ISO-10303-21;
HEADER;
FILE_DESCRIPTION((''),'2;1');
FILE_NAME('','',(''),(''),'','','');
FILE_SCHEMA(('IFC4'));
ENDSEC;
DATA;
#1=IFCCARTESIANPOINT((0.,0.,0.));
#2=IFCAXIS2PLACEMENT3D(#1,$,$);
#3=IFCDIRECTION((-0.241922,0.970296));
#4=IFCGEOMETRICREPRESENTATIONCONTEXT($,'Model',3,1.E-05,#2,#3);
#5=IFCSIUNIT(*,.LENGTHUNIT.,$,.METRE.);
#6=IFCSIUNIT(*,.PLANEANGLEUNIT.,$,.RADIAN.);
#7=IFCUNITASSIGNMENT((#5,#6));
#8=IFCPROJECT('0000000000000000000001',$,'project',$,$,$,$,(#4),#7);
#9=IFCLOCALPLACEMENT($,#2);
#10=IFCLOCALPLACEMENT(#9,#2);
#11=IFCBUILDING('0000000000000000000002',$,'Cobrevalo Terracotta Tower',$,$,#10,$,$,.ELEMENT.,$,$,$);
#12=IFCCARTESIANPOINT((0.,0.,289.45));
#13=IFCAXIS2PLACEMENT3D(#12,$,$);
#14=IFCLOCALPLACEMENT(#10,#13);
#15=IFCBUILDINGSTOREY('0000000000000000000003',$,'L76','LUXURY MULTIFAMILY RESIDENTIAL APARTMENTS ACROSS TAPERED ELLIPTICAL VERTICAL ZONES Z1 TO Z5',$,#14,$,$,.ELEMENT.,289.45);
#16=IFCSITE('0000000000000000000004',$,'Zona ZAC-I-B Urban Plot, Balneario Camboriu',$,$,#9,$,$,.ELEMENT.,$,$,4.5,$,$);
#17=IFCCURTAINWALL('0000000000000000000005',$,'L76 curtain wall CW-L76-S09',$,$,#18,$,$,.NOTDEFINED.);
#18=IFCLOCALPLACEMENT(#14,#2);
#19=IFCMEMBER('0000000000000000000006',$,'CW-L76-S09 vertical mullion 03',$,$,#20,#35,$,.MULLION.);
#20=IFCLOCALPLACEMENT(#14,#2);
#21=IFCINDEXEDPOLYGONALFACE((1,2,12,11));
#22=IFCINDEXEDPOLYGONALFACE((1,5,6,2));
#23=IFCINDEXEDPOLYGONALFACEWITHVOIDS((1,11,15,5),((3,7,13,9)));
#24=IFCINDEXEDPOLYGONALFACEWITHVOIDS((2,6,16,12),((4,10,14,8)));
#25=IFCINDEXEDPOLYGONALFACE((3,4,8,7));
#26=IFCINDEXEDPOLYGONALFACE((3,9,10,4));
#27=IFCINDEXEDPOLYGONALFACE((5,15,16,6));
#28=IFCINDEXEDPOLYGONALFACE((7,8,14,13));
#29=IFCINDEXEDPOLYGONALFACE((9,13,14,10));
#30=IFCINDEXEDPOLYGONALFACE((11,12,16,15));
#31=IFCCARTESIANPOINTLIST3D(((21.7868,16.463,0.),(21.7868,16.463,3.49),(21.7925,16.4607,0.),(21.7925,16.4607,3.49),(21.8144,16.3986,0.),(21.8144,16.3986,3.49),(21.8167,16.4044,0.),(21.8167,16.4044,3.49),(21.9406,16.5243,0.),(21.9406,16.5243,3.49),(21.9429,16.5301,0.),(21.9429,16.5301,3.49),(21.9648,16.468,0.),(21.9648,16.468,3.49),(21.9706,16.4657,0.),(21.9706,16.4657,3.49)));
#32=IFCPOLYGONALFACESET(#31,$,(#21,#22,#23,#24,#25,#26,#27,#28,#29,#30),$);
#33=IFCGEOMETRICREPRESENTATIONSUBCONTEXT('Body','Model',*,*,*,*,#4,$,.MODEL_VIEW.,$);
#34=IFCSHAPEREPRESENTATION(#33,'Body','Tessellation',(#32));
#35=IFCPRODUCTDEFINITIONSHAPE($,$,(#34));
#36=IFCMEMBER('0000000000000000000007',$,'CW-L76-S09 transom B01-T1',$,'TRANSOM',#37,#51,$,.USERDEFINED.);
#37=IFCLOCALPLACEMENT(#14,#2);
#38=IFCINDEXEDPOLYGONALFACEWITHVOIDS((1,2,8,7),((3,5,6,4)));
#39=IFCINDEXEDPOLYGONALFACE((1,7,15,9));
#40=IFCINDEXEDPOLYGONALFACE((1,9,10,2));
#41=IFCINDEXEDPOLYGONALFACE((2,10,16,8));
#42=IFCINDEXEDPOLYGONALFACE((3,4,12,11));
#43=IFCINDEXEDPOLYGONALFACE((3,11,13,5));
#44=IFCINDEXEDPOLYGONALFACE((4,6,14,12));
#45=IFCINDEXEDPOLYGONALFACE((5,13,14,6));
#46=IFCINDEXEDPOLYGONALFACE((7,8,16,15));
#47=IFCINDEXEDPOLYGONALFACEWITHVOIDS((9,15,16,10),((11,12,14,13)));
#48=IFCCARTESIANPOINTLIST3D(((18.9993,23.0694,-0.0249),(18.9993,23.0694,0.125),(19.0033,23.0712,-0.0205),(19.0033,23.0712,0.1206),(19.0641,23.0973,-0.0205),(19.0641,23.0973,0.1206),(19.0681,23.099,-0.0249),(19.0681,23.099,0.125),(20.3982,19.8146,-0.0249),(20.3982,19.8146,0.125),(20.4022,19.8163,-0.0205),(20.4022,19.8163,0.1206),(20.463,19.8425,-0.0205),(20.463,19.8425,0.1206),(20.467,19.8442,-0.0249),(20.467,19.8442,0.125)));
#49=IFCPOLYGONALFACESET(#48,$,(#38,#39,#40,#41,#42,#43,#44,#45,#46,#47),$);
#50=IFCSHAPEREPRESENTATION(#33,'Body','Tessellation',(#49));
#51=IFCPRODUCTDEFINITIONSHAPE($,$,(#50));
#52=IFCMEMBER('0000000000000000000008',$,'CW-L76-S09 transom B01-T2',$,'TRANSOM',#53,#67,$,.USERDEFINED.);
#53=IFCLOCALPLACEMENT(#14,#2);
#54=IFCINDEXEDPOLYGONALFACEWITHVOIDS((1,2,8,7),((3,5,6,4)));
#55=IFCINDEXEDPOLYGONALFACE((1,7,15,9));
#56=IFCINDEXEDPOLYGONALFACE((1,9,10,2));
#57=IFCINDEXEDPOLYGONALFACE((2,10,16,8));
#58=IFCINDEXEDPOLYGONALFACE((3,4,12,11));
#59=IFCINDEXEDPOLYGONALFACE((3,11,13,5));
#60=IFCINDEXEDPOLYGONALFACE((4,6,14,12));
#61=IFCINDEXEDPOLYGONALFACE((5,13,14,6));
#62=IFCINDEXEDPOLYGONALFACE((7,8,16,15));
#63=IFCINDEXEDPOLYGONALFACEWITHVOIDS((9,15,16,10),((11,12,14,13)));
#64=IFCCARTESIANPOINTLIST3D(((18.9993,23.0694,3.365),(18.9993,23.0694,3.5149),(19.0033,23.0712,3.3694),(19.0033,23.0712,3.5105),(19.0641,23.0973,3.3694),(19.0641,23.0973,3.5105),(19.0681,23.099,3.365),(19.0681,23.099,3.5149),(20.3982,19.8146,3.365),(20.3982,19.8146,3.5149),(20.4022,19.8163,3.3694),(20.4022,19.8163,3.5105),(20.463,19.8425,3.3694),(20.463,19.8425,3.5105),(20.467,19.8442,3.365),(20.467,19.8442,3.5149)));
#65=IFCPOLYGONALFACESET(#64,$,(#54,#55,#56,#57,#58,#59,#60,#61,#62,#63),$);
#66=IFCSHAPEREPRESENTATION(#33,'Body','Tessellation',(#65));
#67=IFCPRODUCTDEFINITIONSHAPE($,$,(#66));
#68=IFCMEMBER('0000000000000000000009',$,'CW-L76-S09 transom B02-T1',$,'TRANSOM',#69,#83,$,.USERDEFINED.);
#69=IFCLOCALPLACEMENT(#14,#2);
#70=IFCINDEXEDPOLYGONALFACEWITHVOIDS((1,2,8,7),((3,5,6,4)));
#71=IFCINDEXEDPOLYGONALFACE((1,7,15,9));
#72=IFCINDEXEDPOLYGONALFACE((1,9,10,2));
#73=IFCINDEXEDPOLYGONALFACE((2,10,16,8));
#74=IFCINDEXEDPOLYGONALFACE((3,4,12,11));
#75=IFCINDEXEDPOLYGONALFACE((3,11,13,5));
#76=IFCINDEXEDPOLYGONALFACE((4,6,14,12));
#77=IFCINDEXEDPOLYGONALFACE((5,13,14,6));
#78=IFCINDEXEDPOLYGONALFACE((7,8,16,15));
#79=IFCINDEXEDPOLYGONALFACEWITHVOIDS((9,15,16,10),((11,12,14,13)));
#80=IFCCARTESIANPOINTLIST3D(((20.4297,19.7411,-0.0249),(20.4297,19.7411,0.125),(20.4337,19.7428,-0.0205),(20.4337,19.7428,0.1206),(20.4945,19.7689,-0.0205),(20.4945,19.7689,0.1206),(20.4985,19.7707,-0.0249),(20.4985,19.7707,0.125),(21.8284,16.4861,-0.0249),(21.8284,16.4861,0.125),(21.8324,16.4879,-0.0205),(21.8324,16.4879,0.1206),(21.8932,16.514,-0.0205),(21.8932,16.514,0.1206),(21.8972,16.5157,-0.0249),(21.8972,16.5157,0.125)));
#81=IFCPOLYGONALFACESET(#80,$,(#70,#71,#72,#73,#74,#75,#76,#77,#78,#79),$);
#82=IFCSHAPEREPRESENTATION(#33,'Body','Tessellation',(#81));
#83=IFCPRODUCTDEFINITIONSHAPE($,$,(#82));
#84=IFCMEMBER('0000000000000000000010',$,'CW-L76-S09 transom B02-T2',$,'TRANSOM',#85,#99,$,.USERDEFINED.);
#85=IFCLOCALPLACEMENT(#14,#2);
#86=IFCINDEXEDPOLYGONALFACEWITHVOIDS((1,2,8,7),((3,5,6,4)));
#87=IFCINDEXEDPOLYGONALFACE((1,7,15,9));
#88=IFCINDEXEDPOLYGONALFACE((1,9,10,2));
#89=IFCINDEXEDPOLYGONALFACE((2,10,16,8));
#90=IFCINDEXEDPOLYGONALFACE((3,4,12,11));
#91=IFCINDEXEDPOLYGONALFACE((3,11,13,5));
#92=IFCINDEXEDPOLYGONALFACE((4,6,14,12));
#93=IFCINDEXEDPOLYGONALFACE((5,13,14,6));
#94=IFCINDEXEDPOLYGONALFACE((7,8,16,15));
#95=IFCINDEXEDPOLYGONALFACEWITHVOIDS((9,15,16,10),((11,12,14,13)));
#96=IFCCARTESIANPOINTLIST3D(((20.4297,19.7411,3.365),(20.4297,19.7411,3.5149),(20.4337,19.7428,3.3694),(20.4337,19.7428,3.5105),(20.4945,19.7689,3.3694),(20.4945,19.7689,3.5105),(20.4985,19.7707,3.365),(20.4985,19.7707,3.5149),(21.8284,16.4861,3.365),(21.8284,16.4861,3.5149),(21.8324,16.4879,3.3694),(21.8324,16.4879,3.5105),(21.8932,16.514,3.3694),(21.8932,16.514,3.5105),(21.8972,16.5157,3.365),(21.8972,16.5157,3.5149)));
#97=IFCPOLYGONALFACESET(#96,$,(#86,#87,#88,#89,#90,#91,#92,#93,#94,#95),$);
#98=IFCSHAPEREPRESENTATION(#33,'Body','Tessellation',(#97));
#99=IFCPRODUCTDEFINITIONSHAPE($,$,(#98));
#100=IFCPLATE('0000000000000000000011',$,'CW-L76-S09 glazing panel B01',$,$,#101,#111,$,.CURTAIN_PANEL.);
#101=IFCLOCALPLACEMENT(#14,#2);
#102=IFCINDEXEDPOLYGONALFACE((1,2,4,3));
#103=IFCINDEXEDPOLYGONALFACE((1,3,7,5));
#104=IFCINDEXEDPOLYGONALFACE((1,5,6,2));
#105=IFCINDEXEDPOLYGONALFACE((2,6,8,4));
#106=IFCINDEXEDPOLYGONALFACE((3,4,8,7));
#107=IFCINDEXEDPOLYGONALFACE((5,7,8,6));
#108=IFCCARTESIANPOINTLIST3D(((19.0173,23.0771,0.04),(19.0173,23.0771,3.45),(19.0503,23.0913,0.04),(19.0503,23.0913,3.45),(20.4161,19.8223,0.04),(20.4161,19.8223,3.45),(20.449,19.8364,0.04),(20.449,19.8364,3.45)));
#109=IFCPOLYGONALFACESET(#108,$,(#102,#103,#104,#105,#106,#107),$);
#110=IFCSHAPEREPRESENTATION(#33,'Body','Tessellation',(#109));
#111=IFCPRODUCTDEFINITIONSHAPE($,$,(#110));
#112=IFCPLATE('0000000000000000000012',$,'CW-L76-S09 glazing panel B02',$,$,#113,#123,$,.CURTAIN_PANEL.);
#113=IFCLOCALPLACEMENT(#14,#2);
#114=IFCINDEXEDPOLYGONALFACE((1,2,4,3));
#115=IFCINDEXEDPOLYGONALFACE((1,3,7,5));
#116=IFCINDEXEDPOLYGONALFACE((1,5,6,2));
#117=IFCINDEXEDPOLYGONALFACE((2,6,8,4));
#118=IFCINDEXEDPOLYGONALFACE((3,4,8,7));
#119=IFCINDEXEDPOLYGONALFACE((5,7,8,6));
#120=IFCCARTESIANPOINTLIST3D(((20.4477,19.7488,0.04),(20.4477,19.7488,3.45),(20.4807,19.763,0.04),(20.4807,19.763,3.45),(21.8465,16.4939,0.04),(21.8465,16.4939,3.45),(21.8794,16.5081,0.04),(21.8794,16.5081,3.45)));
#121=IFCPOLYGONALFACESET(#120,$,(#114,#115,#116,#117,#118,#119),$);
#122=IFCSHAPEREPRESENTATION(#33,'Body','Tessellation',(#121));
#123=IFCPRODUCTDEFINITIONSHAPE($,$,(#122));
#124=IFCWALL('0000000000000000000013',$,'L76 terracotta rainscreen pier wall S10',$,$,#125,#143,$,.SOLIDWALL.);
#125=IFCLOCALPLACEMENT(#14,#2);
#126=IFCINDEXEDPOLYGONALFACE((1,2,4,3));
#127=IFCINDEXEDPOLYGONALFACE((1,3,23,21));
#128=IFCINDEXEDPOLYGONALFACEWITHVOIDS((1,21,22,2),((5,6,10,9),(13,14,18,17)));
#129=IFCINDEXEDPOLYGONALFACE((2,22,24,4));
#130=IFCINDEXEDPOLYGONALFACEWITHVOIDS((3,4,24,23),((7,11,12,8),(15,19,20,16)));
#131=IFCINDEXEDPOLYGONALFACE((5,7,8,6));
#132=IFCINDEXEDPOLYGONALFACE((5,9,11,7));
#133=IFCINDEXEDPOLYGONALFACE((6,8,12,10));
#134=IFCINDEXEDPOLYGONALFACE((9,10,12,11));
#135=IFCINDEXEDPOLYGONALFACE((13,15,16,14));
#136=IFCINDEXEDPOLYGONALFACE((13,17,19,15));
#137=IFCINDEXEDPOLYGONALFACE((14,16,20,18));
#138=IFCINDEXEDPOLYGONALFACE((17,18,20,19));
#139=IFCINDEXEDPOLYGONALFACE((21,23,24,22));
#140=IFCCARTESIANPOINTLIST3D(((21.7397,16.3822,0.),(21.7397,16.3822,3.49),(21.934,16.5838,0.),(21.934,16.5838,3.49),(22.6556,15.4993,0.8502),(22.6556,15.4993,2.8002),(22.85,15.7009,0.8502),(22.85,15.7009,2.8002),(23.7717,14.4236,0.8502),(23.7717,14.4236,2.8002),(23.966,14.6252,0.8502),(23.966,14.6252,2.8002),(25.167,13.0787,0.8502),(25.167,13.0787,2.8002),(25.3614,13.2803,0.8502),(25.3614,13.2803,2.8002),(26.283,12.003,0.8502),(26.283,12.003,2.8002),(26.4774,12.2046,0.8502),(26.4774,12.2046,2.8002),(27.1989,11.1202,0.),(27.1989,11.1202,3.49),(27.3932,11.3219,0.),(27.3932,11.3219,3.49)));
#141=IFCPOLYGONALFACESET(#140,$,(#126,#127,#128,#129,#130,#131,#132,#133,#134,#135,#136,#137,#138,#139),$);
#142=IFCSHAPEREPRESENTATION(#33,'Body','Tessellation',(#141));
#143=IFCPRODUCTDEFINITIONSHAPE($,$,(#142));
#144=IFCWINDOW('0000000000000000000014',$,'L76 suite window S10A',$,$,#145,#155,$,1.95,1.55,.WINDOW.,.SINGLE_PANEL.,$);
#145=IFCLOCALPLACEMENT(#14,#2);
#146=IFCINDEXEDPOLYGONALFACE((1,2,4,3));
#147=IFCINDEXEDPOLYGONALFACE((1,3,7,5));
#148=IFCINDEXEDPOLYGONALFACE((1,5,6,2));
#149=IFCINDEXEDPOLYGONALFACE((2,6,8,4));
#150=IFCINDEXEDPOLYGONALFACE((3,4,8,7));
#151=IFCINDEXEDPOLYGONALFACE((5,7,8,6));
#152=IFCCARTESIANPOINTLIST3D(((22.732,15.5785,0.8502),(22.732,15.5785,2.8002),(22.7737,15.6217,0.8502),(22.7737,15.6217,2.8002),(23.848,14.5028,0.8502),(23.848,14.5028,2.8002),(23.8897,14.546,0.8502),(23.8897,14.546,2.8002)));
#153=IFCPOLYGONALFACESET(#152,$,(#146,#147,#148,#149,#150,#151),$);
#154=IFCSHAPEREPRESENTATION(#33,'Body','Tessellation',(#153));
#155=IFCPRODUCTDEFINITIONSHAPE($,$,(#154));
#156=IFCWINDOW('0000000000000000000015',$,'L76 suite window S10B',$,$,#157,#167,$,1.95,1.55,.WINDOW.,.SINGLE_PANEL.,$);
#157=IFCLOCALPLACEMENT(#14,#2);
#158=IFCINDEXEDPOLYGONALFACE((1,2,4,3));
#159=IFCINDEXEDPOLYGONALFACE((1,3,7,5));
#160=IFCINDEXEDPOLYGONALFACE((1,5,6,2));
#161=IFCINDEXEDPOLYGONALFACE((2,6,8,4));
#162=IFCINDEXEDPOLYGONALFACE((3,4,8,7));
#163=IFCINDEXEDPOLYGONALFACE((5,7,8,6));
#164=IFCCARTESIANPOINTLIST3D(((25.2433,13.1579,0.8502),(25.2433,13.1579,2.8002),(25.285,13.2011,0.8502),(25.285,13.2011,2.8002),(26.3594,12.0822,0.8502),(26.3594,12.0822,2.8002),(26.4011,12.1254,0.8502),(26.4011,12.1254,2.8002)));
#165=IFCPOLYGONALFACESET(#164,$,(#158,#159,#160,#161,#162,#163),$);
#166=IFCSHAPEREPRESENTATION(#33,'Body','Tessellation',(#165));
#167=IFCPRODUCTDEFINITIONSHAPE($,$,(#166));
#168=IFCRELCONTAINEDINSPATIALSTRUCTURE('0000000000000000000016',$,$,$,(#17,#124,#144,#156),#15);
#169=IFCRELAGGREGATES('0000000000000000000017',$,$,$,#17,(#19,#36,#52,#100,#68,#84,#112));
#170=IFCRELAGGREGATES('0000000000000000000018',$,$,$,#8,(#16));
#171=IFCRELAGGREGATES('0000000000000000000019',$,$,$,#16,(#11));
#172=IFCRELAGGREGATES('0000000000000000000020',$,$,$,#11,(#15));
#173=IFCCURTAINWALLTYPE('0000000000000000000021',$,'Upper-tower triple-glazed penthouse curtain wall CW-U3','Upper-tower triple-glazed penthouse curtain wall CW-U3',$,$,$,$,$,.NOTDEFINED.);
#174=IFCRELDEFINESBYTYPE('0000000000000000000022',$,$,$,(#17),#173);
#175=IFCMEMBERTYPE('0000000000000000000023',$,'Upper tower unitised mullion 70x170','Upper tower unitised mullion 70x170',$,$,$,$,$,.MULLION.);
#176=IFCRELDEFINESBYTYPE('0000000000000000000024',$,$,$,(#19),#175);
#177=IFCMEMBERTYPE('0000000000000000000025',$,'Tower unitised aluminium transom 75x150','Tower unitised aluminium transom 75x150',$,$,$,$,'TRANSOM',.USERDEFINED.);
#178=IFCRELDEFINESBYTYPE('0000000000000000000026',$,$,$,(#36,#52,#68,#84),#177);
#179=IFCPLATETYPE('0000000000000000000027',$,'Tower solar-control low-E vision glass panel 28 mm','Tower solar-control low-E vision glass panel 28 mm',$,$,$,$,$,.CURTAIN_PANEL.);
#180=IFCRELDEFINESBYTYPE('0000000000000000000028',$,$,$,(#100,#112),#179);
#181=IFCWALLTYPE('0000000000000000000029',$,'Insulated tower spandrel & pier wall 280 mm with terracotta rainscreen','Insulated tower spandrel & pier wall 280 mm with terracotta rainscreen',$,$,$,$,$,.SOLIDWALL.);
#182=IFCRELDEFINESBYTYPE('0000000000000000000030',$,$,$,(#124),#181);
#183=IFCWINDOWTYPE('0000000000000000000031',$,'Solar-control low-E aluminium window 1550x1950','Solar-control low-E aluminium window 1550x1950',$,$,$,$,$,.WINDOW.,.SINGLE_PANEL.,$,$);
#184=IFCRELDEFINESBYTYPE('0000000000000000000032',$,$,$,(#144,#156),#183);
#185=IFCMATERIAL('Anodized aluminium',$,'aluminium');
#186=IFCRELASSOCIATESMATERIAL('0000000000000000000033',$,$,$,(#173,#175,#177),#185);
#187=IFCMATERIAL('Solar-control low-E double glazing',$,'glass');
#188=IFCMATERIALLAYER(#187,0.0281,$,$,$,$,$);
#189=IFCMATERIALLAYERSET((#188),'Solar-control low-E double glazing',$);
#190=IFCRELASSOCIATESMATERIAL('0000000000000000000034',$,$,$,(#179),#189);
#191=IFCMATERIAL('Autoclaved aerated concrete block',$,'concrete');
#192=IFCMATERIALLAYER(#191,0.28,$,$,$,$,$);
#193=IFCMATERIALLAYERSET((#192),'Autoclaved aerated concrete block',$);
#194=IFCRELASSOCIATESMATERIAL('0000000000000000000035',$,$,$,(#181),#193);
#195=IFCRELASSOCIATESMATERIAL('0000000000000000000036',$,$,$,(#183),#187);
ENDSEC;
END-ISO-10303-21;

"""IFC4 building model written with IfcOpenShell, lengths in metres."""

from ifc_helpers import new_model, si_unit, direction, frame, frame_2d, origin, origin_2d, place, context, subcontext, project, spatial, rectangle, hollow_rectangle, extrude, source, transform, mapped, material, layer, layer_set, material_profile, profile_set, type_object, element, fill, aggregate, save


model = new_model("IFC4")

# Units and contexts
model_context = context("Model", 3, precision=1e-05, world=origin(), true_north=direction((-0.241922, 0.970296)))
body_context = subcontext(model_context, "Body", "Model", "MODEL_VIEW")
ifc_project = project(units=[si_unit("LENGTHUNIT", "METRE"), si_unit("PLANEANGLEUNIT", "RADIAN")], contexts=[model_context])

# Site, building, storey
site_placement = place(None, origin())
site = spatial("IfcSite", under=ifc_project, at=site_placement, Name="Zona ZAC-I-B Urban Plot, Balneario Camboriu", CompositionType="ELEMENT", RefElevation=4.5)
building_placement = place(site_placement, origin())
building = spatial("IfcBuilding", under=site, at=building_placement, Name="Cobrevalo Terracotta Tower", CompositionType="ELEMENT")
storey_placement = place(building_placement, frame((0.0, 0.0, 289.45)))
storey = spatial("IfcBuildingStorey", under=building, at=storey_placement, Name="L76", Description="LUXURY MULTIFAMILY RESIDENTIAL APARTMENTS ACROSS TAPERED ELLIPTICAL VERTICAL ZONES Z1 TO Z5", CompositionType="ELEMENT", Elevation=289.45)

# Shared definitions
ifc_material_1 = material(Name="Anodized aluminium", Category="aluminium")
curtain_wall_type = type_object("IfcCurtainWallType", Name="Upper-tower triple-glazed penthouse curtain wall CW-U3", Description="Upper-tower triple-glazed penthouse curtain wall CW-U3", PredefinedType="NOTDEFINED", material=ifc_material_1)
ifc_material_profile_1 = material_profile(ifc_material_1, hollow_rectangle(XDim=0.0701, YDim=0.1699, WallThickness=0.0044, at=origin_2d()), Name="CWM 70x170")
ifc_profile_set_1 = profile_set([ifc_material_profile_1], Name="Anodized aluminium")
member_type_1 = type_object("IfcMemberType", Name="Upper tower unitised mullion 70x170", Description="Upper tower unitised mullion 70x170", PredefinedType="MULLION", material=ifc_profile_set_1)
shared_shape_1 = source(origin(), body_context, "Body", "SweptSolid", [
    extrude(hollow_rectangle(XDim=0.0701, YDim=0.1699, WallThickness=0.0044, at=origin_2d()), origin(), (0.0, 0.0, 1.0), 3.49),
])

# Curtain wall, members, plates
curtain_wall_1_placement = place(storey_placement, origin())
curtain_wall_1 = element("IfcCurtainWall", 1, at=curtain_wall_1_placement, inside=storey, type_object=curtain_wall_type, Name="L76 curtain wall CW-L76-S09", PredefinedType="NOTDEFINED")
member_1_placement = place(storey_placement, frame((21.8787, 16.4644, 0.0), z_axis=(0.0, 0.0, 1.0), x_axis=(0.394824, -0.918757, 0.0)))
member_1 = element("IfcMember", 2, at=member_1_placement, type_object=member_type_1, Name="CW-L76-S09 vertical mullion 03", PredefinedType="MULLION", context=body_context, shape_type="MappedRepresentation", body=[
    mapped(shared_shape_1, transform((0.0, 0.0, 0.0), scale=1.0)),
])
ifc_material_profile_2 = material_profile(ifc_material_1, hollow_rectangle(XDim=0.075, YDim=0.1499, WallThickness=0.0044, at=origin_2d()), Name="CWT 75x150")
ifc_profile_set_2 = profile_set([ifc_material_profile_2], Name="Anodized aluminium")
member_type_2 = type_object("IfcMemberType", Name="Tower unitised aluminium transom 75x150", Description="Tower unitised aluminium transom 75x150", ElementType="TRANSOM", PredefinedType="USERDEFINED", material=ifc_profile_set_2)
shared_shape_2 = source(origin(), body_context, "Body", "SweptSolid", [
    extrude(hollow_rectangle(XDim=0.075, YDim=0.1499, WallThickness=0.0044, at=origin_2d()), origin(), (0.0, 0.0, 1.0), 3.5427),
])
member_2_placement = place(storey_placement, frame((19.0337, 23.0842, 0.05), z_axis=(0.394867, -0.918738, 0.0), x_axis=(0.918738, 0.394867, 0.0)))
member_2 = element("IfcMember", 3, at=member_2_placement, type_object=member_type_2, Name="CW-L76-S09 transom B01-T1", ObjectType="TRANSOM", PredefinedType="USERDEFINED", context=body_context, shape_type="MappedRepresentation", body=[
    mapped(shared_shape_2, transform((0.0, 0.0, 0.0), scale=1.0)),
])
member_3_placement = place(storey_placement, frame((19.0337, 23.0842, 3.4399), z_axis=(0.394867, -0.918738, 0.0), x_axis=(0.918738, 0.394867, 0.0)))
member_3 = element("IfcMember", 4, at=member_3_placement, type_object=member_type_2, Name="CW-L76-S09 transom B01-T2", ObjectType="TRANSOM", PredefinedType="USERDEFINED", context=body_context, shape_type="MappedRepresentation", body=[
    mapped(shared_shape_2, transform((0.0, 0.0, 0.0), scale=1.0)),
])
member_4_placement = place(storey_placement, frame((20.4641, 19.7559, 0.05), z_axis=(0.394809, -0.918763, 0.0), x_axis=(0.918763, 0.394809, 0.0)))
member_4 = element("IfcMember", 5, at=member_4_placement, type_object=member_type_2, Name="CW-L76-S09 transom B02-T1", ObjectType="TRANSOM", PredefinedType="USERDEFINED", context=body_context, shape_type="MappedRepresentation", body=[
    mapped(shared_shape_2, transform((0.0, 0.0, 0.0), scale=1.0)),
])
member_5_placement = place(storey_placement, frame((20.4641, 19.7559, 3.4399), z_axis=(0.394809, -0.918763, 0.0), x_axis=(0.918763, 0.394809, 0.0)))
member_5 = element("IfcMember", 6, at=member_5_placement, type_object=member_type_2, Name="CW-L76-S09 transom B02-T2", ObjectType="TRANSOM", PredefinedType="USERDEFINED", context=body_context, shape_type="MappedRepresentation", body=[
    mapped(shared_shape_2, transform((0.0, 0.0, 0.0), scale=1.0)),
])
ifc_material_2 = material(Name="Solar-control low-E double glazing", Category="glass")
ifc_layer_1 = layer(ifc_material_2, 0.0281)
ifc_layer_set_1 = layer_set([ifc_layer_1], Name="Solar-control low-E double glazing")
plate_type = type_object("IfcPlateType", Name="Tower solar-control low-E vision glass panel 28 mm", Description="Tower solar-control low-E vision glass panel 28 mm", PredefinedType="CURTAIN_PANEL", material=ifc_layer_set_1)
shared_shape_3 = source(origin(), body_context, "Body", "SweptSolid", [
    extrude(rectangle(XDim=3.5427, YDim=0.0359, at=origin_2d()), origin(), (0.0, 0.0, 1.0), 3.4099),
])
plate_1_placement = place(storey_placement, frame((19.7332, 21.4568, 0.04), z_axis=(0.0, 0.0, 1.0), x_axis=(0.394829, -0.918755, 0.0)))
plate_1 = element("IfcPlate", 7, at=plate_1_placement, type_object=plate_type, Name="CW-L76-S09 glazing panel B01", PredefinedType="CURTAIN_PANEL", context=body_context, shape_type="MappedRepresentation", body=[
    mapped(shared_shape_3, transform((0.0, 0.0, 0.0), scale=1.0)),
])
plate_2_placement = place(storey_placement, frame((21.1636, 18.1284, 0.04), z_axis=(0.0, 0.0, 1.0), x_axis=(0.394829, -0.918755, 0.0)))
plate_2 = element("IfcPlate", 8, at=plate_2_placement, type_object=plate_type, Name="CW-L76-S09 glazing panel B02", PredefinedType="CURTAIN_PANEL", context=body_context, shape_type="MappedRepresentation", body=[
    mapped(shared_shape_3, transform((0.0, 0.0, 0.0), scale=1.0)),
])
aggregate(curtain_wall_1, [member_1, member_2, member_3, plate_1, member_4, member_5, plate_2])

# Wall, openings, windows
ifc_material_3 = material(Name="Autoclaved aerated concrete block", Category="concrete")
ifc_layer_2 = layer(ifc_material_3, 0.28)
ifc_layer_set_2 = layer_set([ifc_layer_2], Name="Autoclaved aerated concrete block")
wall_type_1 = type_object("IfcWallType", Name="Insulated tower spandrel & pier wall 280 mm with terracotta rainscreen", Description="Insulated tower spandrel & pier wall 280 mm with terracotta rainscreen", PredefinedType="SOLIDWALL", material=ifc_layer_set_2)
wall_1_placement = place(storey_placement, frame((21.8369, 16.4829, 0.0), z_axis=(0.0, 0.0, 1.0), x_axis=(0.719995, -0.693979, 0.0)))
wall_1 = element("IfcWall", 9, at=wall_1_placement, inside=storey, type_object=wall_type_1, Name="L76 terracotta rainscreen pier wall S10", PredefinedType="SOLIDWALL", context=body_context, shape_type="SweptSolid", body=[
    extrude(rectangle(XDim=7.5823, YDim=0.28, at=frame_2d((3.791, 0.0))), origin(), (0.0, 0.0, 1.0), 3.49),
])
opening_1_placement = place(wall_1_placement, frame((1.2722, 0.0, 0.8501)))
opening_1 = element("IfcOpeningElement", 10, at=opening_1_placement, cuts=wall_1, PredefinedType="OPENING", context=body_context, shape_type="SweptSolid", body=[
    extrude(rectangle(XDim=1.55, YDim=1.95, at=frame_2d((0.7749, 0.9751))), frame((0.0, 0.1499, 0.0), z_axis=(0.0, -1.0, 0.0), x_axis=(1.0, 0.0, 0.0)), (0.0, 0.0, 1.0), 0.3),
])
opening_2_placement = place(wall_1_placement, frame((4.7603, 0.0, 0.8501)))
opening_2 = element("IfcOpeningElement", 11, at=opening_2_placement, cuts=wall_1, PredefinedType="OPENING", context=body_context, shape_type="SweptSolid", body=[
    extrude(rectangle(XDim=1.55, YDim=1.95, at=frame_2d((0.7749, 0.9751))), frame((0.0, 0.1499, 0.0), z_axis=(0.0, -1.0, 0.0), x_axis=(1.0, 0.0, 0.0)), (0.0, 0.0, 1.0), 0.3),
])
window_type = type_object("IfcWindowType", Name="Solar-control low-E aluminium window 1550x1950", Description="Solar-control low-E aluminium window 1550x1950", PartitioningType="SINGLE_PANEL", PredefinedType="WINDOW", material=ifc_material_2)
shared_shape_4 = source(origin(), body_context, "Body", "SweptSolid", [
    extrude(rectangle(XDim=1.55, YDim=1.95, at=frame_2d((0.7749, 0.9751))), frame((0.0, 0.03, 0.0), z_axis=(0.0, -1.0, 0.0), x_axis=(1.0, 0.0, 0.0)), (0.0, 0.0, 1.0), 0.0601),
])
window_1_placement = place(opening_1_placement, origin())
window_1 = element("IfcWindow", 12, at=window_1_placement, inside=storey, type_object=window_type, Name="L76 suite window S10A", OverallHeight=1.95, OverallWidth=1.55, PartitioningType="SINGLE_PANEL", PredefinedType="WINDOW", context=body_context, shape_type="MappedRepresentation", body=[
    mapped(shared_shape_4, transform((0.0, 0.0, 0.0), scale=1.0)),
])
fill(opening_1, window_1)
window_2_placement = place(opening_2_placement, origin())
window_2 = element("IfcWindow", 13, at=window_2_placement, inside=storey, type_object=window_type, Name="L76 suite window S10B", OverallHeight=1.95, OverallWidth=1.55, PartitioningType="SINGLE_PANEL", PredefinedType="WINDOW", context=body_context, shape_type="MappedRepresentation", body=[
    mapped(shared_shape_4, transform((0.0, 0.0, 0.0), scale=1.0)),
])
fill(opening_2, window_2)

save(model, "model.ifc")
